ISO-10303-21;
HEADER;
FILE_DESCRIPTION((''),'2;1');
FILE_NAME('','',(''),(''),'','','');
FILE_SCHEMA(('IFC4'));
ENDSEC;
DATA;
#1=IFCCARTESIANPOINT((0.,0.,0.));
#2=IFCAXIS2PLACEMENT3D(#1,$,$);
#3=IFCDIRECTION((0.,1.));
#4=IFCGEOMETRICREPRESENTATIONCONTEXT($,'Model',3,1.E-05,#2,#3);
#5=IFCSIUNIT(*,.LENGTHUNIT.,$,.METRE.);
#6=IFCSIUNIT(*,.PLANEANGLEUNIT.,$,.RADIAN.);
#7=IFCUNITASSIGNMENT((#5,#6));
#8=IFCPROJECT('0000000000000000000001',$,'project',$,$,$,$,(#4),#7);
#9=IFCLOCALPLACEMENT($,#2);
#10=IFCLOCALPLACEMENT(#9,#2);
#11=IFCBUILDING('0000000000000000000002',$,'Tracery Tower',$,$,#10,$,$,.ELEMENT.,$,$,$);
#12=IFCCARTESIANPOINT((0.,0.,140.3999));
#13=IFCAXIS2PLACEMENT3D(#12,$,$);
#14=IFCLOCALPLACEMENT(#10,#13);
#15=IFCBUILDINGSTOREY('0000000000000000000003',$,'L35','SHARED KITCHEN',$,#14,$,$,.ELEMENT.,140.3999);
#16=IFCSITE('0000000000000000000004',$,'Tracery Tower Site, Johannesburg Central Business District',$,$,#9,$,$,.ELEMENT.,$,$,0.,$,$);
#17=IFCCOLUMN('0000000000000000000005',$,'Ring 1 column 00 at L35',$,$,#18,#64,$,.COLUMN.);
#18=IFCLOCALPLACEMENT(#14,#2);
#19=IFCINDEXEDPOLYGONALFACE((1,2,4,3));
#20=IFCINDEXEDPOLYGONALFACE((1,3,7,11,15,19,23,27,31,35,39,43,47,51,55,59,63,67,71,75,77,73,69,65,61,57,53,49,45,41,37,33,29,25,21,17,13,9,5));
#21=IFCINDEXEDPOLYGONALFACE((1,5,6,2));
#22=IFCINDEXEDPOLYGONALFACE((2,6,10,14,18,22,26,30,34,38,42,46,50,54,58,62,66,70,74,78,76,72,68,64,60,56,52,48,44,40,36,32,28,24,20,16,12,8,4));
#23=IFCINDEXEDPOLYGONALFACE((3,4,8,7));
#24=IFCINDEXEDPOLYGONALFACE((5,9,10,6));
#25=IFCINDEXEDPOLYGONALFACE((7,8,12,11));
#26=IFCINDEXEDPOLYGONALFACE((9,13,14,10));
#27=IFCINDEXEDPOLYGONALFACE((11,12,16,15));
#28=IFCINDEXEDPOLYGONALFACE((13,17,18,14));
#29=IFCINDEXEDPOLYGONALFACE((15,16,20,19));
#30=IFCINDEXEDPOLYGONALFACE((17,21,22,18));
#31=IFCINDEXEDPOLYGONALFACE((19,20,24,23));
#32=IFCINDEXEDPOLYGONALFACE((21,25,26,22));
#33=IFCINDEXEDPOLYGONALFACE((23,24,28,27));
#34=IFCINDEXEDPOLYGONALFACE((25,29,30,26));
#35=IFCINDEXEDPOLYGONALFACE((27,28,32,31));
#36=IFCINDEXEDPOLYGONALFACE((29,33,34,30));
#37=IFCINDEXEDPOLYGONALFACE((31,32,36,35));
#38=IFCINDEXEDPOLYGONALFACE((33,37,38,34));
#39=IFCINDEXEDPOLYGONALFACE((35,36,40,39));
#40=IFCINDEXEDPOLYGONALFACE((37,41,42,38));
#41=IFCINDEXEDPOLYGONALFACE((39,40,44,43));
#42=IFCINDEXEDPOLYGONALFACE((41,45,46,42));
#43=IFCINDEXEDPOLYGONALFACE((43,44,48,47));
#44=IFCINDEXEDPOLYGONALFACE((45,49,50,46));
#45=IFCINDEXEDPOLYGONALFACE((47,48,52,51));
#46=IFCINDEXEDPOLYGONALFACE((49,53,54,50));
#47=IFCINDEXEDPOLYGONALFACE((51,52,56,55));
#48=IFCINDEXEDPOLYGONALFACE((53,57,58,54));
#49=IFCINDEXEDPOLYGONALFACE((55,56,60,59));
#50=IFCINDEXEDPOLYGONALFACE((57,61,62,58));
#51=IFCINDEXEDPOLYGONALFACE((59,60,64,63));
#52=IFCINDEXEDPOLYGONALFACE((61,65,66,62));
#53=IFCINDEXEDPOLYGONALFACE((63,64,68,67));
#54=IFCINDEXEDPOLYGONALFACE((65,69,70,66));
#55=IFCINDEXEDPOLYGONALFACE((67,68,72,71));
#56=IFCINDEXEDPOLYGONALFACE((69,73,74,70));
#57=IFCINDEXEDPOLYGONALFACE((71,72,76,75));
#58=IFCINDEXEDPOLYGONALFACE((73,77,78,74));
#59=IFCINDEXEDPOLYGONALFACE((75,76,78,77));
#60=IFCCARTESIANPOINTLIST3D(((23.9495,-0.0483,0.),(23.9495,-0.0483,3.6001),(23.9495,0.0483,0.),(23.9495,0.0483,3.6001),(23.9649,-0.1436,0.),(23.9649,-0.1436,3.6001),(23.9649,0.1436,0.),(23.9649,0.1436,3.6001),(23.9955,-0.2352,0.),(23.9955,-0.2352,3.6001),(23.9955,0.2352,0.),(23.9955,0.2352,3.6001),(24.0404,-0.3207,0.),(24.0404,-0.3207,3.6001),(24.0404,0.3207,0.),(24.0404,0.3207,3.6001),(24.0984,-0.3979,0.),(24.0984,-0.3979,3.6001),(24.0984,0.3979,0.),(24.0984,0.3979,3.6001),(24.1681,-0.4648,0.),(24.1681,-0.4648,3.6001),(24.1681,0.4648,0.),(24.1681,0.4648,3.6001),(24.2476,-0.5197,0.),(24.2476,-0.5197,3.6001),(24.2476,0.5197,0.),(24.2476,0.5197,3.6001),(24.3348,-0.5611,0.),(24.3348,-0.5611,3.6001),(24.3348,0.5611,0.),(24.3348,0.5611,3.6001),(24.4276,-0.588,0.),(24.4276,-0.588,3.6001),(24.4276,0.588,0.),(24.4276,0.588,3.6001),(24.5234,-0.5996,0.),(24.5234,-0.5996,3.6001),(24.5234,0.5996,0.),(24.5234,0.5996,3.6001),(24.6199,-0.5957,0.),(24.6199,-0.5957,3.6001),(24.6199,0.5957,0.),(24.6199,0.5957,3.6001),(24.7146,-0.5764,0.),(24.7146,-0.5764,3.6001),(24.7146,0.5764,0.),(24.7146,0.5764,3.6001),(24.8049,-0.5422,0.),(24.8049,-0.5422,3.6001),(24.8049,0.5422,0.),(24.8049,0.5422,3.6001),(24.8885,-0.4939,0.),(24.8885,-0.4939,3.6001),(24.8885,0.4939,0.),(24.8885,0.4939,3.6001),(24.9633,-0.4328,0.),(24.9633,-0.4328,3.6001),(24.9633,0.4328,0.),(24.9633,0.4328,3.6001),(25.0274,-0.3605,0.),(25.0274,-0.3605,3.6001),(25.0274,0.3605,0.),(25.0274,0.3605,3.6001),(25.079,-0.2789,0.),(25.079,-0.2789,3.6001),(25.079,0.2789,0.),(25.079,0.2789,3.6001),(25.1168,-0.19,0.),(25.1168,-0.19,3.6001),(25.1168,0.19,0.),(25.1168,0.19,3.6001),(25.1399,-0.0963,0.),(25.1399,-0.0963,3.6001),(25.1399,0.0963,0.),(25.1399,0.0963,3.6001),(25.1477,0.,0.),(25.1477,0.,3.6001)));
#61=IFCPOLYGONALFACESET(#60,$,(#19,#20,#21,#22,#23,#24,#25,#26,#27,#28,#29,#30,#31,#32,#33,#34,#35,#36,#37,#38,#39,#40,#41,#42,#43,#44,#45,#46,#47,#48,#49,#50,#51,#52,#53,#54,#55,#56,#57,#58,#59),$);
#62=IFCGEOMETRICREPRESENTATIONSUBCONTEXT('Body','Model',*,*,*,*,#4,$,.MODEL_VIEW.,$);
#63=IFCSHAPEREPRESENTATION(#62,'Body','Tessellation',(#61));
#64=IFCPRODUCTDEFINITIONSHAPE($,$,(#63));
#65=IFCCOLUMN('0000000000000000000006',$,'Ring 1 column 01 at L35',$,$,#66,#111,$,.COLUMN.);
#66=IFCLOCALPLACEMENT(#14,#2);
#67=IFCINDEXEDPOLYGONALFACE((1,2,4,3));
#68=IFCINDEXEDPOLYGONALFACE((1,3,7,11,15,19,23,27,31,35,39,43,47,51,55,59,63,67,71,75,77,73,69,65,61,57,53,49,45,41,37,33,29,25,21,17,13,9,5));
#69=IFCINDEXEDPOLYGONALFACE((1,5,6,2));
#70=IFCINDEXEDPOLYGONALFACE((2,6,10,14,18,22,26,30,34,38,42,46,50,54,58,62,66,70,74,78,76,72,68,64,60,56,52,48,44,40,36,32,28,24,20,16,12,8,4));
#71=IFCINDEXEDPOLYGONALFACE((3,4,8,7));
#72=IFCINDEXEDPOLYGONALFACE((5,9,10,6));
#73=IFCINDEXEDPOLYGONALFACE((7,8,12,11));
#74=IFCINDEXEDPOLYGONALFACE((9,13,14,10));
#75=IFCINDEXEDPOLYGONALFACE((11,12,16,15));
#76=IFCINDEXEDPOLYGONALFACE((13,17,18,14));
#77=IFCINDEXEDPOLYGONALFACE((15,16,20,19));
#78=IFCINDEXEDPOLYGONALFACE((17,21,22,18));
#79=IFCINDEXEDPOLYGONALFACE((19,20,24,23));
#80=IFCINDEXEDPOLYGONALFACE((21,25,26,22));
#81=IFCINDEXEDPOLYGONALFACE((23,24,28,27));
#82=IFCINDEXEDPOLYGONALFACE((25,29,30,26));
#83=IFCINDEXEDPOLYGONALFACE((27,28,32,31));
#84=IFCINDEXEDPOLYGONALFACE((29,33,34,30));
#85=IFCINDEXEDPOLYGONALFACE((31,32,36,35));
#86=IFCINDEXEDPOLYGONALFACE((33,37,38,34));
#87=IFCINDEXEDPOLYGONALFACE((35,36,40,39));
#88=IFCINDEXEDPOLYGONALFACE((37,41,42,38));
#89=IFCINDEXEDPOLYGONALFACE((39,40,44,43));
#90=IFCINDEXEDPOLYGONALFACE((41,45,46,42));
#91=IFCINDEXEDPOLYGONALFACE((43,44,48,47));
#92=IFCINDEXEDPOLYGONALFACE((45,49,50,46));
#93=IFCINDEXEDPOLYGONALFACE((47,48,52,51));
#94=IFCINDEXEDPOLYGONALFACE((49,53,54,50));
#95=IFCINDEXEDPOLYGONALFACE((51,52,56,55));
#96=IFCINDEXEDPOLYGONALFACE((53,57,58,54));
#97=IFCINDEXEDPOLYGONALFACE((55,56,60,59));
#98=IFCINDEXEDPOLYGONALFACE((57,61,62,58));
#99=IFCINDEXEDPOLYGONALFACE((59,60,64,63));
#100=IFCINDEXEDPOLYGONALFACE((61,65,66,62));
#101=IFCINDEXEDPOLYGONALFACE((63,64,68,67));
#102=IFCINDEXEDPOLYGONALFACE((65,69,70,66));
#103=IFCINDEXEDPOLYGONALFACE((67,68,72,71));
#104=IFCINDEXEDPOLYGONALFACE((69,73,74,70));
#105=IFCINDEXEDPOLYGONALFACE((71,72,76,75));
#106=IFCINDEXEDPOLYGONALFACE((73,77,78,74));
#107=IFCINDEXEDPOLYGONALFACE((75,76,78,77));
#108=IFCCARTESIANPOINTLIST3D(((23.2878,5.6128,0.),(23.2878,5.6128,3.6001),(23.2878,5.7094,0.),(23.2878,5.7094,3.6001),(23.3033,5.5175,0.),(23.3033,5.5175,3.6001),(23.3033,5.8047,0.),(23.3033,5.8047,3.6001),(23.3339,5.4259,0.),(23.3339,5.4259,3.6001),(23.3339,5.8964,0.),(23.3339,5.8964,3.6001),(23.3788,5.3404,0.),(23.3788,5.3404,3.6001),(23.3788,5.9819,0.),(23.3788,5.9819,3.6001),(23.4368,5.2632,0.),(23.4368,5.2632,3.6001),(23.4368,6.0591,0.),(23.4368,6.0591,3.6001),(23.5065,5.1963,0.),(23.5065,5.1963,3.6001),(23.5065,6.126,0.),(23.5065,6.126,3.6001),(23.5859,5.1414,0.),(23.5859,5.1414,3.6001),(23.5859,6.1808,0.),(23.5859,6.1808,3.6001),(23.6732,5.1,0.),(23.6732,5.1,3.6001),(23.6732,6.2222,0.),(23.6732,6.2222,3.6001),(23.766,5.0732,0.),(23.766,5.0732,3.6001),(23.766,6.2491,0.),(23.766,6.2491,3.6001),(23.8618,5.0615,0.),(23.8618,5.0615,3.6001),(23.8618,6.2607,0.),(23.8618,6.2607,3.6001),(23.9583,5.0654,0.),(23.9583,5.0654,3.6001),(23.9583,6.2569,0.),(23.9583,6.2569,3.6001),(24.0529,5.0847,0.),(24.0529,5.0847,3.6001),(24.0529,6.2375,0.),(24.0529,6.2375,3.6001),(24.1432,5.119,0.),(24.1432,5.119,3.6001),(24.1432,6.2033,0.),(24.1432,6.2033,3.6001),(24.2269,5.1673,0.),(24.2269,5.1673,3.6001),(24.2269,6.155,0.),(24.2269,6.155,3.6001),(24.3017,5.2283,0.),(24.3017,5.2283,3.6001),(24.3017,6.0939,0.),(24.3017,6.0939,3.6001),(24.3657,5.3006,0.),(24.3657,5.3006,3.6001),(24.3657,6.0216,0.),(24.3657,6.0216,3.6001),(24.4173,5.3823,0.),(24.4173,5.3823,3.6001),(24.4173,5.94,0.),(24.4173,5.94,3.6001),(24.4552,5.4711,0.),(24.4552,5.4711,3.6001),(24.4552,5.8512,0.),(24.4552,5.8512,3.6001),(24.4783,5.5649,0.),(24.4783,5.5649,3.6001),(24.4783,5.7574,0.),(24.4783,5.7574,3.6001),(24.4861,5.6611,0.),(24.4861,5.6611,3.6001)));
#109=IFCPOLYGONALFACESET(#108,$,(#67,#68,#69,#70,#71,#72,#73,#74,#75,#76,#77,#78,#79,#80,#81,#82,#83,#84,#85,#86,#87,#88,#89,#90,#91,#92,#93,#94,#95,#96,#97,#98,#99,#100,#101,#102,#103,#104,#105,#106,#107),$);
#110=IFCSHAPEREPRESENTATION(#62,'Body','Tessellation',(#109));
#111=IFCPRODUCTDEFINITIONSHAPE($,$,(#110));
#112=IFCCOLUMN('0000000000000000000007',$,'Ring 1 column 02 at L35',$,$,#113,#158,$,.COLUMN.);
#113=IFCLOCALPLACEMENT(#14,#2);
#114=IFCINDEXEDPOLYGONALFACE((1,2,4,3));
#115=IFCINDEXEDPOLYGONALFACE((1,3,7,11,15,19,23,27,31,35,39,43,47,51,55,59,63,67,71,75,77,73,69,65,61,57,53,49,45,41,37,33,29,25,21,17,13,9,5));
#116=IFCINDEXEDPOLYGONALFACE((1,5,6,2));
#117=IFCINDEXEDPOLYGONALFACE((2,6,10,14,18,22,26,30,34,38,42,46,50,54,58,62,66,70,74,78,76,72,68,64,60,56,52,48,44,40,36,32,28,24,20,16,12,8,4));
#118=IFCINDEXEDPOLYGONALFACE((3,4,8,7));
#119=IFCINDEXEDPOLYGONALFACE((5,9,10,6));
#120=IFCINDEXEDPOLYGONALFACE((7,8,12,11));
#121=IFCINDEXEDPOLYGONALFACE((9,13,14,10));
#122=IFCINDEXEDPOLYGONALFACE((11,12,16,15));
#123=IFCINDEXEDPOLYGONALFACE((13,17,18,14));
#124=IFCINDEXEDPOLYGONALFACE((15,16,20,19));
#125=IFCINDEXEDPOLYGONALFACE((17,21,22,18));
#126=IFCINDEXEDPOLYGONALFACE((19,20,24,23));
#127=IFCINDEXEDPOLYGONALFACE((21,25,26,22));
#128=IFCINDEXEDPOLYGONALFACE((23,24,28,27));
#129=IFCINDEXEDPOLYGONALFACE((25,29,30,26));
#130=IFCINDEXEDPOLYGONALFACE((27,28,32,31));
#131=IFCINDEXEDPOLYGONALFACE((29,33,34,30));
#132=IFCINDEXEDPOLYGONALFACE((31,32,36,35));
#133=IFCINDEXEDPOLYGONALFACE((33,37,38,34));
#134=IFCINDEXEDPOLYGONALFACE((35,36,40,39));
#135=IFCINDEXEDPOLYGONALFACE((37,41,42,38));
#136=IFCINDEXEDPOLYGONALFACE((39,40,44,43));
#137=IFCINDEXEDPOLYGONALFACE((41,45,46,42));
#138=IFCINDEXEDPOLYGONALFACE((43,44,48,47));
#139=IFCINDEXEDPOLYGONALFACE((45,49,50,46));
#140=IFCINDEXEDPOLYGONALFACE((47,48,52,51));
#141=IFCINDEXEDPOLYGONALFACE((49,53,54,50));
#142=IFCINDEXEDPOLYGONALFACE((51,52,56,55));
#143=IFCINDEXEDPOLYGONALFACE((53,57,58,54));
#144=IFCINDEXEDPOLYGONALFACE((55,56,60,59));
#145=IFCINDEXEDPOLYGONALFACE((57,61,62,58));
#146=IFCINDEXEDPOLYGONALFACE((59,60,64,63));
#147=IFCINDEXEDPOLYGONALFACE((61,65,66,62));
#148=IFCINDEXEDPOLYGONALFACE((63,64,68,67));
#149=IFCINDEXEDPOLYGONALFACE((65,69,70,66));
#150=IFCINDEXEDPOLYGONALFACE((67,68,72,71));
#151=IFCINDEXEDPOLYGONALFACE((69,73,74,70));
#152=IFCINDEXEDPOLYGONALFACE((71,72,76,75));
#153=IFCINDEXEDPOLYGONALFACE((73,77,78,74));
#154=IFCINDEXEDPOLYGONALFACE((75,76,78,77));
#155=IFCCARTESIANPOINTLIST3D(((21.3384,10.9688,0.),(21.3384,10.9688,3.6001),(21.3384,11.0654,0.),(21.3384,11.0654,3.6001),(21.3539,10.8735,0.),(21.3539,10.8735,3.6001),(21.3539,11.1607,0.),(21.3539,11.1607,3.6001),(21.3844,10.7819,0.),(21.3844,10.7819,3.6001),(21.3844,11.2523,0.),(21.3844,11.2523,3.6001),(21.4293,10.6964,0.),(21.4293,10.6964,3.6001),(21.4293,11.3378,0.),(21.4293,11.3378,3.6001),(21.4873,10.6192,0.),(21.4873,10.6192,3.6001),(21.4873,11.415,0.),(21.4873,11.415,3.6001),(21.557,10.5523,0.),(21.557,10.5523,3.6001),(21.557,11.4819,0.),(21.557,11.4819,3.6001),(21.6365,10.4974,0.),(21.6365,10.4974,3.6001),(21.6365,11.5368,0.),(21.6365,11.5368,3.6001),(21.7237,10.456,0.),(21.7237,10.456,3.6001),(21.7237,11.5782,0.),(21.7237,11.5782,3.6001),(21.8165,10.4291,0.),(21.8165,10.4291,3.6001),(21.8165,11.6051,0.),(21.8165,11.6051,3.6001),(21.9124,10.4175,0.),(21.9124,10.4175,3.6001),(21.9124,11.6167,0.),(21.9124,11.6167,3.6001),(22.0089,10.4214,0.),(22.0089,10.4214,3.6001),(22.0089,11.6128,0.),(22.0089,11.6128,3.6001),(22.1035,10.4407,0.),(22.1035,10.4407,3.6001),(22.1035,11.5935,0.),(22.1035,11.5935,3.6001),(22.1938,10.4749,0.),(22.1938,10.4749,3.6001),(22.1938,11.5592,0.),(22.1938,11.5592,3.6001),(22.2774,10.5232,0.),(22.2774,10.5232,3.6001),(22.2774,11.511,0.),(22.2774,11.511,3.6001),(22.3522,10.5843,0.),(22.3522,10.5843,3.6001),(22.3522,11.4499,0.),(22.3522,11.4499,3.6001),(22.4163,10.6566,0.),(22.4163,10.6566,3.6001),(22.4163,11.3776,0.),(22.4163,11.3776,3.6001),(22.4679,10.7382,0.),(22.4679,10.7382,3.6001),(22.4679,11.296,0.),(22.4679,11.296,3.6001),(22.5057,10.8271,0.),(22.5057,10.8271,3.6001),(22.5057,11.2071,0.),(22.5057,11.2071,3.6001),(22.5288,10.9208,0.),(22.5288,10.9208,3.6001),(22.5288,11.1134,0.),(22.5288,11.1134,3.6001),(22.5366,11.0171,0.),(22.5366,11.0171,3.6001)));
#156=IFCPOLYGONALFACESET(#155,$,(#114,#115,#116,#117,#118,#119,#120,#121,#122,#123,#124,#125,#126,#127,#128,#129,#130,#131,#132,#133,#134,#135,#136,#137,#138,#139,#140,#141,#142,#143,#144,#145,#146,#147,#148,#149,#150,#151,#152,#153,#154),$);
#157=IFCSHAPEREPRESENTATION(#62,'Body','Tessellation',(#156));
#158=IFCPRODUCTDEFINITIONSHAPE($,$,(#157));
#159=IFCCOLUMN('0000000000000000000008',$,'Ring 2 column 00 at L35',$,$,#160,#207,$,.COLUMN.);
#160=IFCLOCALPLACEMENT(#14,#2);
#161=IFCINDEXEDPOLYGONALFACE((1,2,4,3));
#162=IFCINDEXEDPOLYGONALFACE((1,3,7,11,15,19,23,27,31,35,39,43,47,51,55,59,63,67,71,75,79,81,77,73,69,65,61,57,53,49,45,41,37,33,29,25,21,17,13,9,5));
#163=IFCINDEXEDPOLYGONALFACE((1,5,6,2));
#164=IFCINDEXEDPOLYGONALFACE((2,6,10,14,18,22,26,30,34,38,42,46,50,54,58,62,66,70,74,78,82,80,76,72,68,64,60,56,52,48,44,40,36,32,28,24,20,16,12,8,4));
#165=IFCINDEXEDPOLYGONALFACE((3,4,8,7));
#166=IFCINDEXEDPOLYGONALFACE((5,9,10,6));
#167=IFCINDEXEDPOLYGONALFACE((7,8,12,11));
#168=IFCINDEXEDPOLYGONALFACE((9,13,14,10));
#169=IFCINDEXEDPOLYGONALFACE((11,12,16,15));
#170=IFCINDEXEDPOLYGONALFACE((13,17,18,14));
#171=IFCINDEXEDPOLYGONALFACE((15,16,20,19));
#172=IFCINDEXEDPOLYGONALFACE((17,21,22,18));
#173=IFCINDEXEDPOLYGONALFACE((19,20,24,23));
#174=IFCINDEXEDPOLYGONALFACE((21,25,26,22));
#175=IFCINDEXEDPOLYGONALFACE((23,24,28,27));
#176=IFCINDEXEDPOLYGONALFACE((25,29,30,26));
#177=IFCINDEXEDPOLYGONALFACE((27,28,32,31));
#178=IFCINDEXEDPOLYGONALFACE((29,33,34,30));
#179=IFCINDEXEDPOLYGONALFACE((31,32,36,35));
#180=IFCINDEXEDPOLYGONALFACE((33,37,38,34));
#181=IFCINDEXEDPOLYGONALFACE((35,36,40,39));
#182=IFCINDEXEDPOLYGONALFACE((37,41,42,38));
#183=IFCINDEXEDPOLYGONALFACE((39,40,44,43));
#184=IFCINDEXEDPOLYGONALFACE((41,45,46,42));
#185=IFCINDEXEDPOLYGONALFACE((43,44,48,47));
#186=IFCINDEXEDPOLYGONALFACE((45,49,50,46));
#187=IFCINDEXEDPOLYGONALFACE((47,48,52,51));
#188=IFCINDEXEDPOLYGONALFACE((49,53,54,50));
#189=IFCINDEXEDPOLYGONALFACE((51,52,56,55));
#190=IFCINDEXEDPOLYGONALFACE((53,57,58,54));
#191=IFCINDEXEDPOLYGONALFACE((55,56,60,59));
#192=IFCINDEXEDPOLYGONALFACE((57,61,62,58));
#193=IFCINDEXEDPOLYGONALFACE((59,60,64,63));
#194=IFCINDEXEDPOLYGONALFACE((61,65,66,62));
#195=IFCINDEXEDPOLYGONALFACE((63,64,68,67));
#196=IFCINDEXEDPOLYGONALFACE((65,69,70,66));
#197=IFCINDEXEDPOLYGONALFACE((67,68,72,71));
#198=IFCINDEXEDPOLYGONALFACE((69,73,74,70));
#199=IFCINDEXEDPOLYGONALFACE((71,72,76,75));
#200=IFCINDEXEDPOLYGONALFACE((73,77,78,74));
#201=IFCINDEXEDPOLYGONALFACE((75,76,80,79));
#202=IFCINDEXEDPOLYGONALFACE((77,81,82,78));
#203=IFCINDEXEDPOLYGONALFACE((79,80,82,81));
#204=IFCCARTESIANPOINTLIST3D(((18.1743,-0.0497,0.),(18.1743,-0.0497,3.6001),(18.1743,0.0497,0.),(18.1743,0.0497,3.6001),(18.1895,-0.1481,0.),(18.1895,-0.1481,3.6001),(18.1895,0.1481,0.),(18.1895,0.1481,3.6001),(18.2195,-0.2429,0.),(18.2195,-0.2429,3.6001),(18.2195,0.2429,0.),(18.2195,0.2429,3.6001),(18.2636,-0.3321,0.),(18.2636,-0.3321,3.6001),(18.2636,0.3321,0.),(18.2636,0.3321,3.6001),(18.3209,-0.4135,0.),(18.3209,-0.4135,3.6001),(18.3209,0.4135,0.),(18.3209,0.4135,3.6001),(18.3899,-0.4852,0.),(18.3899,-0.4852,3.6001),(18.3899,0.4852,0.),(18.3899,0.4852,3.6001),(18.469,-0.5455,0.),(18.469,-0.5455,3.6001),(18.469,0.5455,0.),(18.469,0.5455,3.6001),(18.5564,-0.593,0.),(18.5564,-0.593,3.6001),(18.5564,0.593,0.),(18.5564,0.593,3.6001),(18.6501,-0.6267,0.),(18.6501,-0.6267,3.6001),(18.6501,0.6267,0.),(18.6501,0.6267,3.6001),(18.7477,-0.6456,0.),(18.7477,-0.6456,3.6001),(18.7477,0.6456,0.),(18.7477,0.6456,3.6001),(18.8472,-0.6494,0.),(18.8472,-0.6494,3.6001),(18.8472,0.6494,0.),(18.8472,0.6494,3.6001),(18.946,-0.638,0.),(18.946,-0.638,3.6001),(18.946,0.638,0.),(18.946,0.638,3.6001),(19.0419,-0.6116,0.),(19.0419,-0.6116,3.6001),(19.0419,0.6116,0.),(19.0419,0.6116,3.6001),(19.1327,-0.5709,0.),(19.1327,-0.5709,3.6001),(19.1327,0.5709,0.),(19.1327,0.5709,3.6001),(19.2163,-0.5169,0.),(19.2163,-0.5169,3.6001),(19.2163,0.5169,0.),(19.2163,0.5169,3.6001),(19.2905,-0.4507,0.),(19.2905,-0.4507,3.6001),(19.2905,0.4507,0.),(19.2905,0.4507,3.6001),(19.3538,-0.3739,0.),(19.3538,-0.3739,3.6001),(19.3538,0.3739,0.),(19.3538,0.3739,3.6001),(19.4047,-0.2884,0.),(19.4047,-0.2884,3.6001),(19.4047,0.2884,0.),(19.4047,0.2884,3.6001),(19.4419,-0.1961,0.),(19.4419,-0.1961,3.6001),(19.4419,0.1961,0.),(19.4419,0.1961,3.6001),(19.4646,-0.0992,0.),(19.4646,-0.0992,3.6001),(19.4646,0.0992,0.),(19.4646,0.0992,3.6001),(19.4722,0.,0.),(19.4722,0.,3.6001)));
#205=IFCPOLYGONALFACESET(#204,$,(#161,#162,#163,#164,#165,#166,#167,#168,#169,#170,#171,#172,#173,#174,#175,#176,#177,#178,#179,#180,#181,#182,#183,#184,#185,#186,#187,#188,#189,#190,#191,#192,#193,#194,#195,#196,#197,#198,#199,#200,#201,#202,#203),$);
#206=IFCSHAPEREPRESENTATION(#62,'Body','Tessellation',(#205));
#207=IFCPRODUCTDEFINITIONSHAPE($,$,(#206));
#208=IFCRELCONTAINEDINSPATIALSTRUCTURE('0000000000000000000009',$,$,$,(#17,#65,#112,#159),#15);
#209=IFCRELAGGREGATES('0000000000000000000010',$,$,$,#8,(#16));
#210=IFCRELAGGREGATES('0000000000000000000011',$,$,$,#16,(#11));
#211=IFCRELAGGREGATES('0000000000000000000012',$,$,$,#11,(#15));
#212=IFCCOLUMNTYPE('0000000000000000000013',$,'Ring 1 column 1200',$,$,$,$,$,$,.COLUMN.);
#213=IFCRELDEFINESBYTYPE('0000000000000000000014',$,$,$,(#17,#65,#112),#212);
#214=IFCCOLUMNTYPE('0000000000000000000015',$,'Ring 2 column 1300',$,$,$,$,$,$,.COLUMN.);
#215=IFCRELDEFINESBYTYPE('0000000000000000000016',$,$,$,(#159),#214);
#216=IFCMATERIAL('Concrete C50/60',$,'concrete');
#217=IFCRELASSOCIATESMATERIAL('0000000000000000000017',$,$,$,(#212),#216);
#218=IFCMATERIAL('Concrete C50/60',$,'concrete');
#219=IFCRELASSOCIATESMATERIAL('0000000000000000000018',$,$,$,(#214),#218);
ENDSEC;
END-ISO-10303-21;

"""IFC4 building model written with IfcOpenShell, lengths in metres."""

from ifc_helpers import new_model, si_unit, direction, frame, origin, origin_2d, place, context, subcontext, project, spatial, circle, extrude, material, material_profile, profile_set, type_object, element, save


model = new_model("IFC4")

# Units and contexts
model_context = context("Model", 3, precision=1e-05, world=origin(), true_north=direction((0.0, 1.0)))
body_context = subcontext(model_context, "Body", "Model", "MODEL_VIEW")
ifc_project = project(units=[si_unit("LENGTHUNIT", "METRE"), si_unit("PLANEANGLEUNIT", "RADIAN")], contexts=[model_context])

# Site, building, storey
site_placement = place(None, origin())
site = spatial("IfcSite", under=ifc_project, at=site_placement, Name="Tracery Tower Site, Johannesburg Central Business District", CompositionType="ELEMENT", RefElevation=0.0)
building_placement = place(site_placement, origin())
building = spatial("IfcBuilding", under=site, at=building_placement, Name="Tracery Tower", CompositionType="ELEMENT")
storey_placement = place(building_placement, frame((0.0, 0.0, 140.3999)))
storey = spatial("IfcBuildingStorey", under=building, at=storey_placement, Name="L35", Description="SHARED KITCHEN", CompositionType="ELEMENT", Elevation=140.3999)

# Columns
ifc_material_1 = material(Name="Concrete C50/60", Category="concrete")
ifc_material_profile_1 = material_profile(ifc_material_1, circle(Radius=0.6001, at=origin_2d()), Name="RC D1200")
ifc_profile_set_1 = profile_set([ifc_material_profile_1], Name="Concrete C50/60")
column_type_1 = type_object("IfcColumnType", Name="Ring 1 column 1200", PredefinedType="COLUMN", material=ifc_profile_set_1)
for number, where, z_axis, x_axis, name in (
    (1, (24.5476, 0.0, 0.0), (0.0, 0.0, 1.0), (1.0, 0.0, 0.0), "Ring 1 column 00 at L35"),
    (2, (23.886, 5.6611, 0.0), (0.0, 0.0, 1.0), (1.0, 0.0, 0.0), "Ring 1 column 01 at L35"),
    (3, (21.9365, 11.0171, 0.0), (0.0, 0.0, 1.0), (1.0, 0.0, 0.0), "Ring 1 column 02 at L35"),
):
    element("IfcColumn", number, at=place(storey_placement, frame(where, z_axis=z_axis, x_axis=x_axis)), inside=storey, type_object=column_type_1, Name=name, PredefinedType="COLUMN", context=body_context, shape_type="SweptSolid", body=[
        extrude(circle(Radius=0.6001, at=origin_2d()), origin(), (0.0, 0.0, 1.0), 3.6001),
    ])
ifc_material_2 = material(Name="Concrete C50/60", Category="concrete")
ifc_material_profile_2 = material_profile(ifc_material_2, circle(Radius=0.6499, at=origin_2d()), Name="RC D1300")
ifc_profile_set_2 = profile_set([ifc_material_profile_2], Name="Concrete C50/60")
column_type_2 = type_object("IfcColumnType", Name="Ring 2 column 1300", PredefinedType="COLUMN", material=ifc_profile_set_2)
for number, where, z_axis, x_axis, name in (
    (4, (18.8223, 0.0, 0.0), (0.0, 0.0, 1.0), (1.0, 0.0, 0.0), "Ring 2 column 00 at L35"),
):
    element("IfcColumn", number, at=place(storey_placement, frame(where, z_axis=z_axis, x_axis=x_axis)), inside=storey, type_object=column_type_2, Name=name, PredefinedType="COLUMN", context=body_context, shape_type="SweptSolid", body=[
        extrude(circle(Radius=0.6499, at=origin_2d()), origin(), (0.0, 0.0, 1.0), 3.6001),
    ])

save(model, "model.ifc")
